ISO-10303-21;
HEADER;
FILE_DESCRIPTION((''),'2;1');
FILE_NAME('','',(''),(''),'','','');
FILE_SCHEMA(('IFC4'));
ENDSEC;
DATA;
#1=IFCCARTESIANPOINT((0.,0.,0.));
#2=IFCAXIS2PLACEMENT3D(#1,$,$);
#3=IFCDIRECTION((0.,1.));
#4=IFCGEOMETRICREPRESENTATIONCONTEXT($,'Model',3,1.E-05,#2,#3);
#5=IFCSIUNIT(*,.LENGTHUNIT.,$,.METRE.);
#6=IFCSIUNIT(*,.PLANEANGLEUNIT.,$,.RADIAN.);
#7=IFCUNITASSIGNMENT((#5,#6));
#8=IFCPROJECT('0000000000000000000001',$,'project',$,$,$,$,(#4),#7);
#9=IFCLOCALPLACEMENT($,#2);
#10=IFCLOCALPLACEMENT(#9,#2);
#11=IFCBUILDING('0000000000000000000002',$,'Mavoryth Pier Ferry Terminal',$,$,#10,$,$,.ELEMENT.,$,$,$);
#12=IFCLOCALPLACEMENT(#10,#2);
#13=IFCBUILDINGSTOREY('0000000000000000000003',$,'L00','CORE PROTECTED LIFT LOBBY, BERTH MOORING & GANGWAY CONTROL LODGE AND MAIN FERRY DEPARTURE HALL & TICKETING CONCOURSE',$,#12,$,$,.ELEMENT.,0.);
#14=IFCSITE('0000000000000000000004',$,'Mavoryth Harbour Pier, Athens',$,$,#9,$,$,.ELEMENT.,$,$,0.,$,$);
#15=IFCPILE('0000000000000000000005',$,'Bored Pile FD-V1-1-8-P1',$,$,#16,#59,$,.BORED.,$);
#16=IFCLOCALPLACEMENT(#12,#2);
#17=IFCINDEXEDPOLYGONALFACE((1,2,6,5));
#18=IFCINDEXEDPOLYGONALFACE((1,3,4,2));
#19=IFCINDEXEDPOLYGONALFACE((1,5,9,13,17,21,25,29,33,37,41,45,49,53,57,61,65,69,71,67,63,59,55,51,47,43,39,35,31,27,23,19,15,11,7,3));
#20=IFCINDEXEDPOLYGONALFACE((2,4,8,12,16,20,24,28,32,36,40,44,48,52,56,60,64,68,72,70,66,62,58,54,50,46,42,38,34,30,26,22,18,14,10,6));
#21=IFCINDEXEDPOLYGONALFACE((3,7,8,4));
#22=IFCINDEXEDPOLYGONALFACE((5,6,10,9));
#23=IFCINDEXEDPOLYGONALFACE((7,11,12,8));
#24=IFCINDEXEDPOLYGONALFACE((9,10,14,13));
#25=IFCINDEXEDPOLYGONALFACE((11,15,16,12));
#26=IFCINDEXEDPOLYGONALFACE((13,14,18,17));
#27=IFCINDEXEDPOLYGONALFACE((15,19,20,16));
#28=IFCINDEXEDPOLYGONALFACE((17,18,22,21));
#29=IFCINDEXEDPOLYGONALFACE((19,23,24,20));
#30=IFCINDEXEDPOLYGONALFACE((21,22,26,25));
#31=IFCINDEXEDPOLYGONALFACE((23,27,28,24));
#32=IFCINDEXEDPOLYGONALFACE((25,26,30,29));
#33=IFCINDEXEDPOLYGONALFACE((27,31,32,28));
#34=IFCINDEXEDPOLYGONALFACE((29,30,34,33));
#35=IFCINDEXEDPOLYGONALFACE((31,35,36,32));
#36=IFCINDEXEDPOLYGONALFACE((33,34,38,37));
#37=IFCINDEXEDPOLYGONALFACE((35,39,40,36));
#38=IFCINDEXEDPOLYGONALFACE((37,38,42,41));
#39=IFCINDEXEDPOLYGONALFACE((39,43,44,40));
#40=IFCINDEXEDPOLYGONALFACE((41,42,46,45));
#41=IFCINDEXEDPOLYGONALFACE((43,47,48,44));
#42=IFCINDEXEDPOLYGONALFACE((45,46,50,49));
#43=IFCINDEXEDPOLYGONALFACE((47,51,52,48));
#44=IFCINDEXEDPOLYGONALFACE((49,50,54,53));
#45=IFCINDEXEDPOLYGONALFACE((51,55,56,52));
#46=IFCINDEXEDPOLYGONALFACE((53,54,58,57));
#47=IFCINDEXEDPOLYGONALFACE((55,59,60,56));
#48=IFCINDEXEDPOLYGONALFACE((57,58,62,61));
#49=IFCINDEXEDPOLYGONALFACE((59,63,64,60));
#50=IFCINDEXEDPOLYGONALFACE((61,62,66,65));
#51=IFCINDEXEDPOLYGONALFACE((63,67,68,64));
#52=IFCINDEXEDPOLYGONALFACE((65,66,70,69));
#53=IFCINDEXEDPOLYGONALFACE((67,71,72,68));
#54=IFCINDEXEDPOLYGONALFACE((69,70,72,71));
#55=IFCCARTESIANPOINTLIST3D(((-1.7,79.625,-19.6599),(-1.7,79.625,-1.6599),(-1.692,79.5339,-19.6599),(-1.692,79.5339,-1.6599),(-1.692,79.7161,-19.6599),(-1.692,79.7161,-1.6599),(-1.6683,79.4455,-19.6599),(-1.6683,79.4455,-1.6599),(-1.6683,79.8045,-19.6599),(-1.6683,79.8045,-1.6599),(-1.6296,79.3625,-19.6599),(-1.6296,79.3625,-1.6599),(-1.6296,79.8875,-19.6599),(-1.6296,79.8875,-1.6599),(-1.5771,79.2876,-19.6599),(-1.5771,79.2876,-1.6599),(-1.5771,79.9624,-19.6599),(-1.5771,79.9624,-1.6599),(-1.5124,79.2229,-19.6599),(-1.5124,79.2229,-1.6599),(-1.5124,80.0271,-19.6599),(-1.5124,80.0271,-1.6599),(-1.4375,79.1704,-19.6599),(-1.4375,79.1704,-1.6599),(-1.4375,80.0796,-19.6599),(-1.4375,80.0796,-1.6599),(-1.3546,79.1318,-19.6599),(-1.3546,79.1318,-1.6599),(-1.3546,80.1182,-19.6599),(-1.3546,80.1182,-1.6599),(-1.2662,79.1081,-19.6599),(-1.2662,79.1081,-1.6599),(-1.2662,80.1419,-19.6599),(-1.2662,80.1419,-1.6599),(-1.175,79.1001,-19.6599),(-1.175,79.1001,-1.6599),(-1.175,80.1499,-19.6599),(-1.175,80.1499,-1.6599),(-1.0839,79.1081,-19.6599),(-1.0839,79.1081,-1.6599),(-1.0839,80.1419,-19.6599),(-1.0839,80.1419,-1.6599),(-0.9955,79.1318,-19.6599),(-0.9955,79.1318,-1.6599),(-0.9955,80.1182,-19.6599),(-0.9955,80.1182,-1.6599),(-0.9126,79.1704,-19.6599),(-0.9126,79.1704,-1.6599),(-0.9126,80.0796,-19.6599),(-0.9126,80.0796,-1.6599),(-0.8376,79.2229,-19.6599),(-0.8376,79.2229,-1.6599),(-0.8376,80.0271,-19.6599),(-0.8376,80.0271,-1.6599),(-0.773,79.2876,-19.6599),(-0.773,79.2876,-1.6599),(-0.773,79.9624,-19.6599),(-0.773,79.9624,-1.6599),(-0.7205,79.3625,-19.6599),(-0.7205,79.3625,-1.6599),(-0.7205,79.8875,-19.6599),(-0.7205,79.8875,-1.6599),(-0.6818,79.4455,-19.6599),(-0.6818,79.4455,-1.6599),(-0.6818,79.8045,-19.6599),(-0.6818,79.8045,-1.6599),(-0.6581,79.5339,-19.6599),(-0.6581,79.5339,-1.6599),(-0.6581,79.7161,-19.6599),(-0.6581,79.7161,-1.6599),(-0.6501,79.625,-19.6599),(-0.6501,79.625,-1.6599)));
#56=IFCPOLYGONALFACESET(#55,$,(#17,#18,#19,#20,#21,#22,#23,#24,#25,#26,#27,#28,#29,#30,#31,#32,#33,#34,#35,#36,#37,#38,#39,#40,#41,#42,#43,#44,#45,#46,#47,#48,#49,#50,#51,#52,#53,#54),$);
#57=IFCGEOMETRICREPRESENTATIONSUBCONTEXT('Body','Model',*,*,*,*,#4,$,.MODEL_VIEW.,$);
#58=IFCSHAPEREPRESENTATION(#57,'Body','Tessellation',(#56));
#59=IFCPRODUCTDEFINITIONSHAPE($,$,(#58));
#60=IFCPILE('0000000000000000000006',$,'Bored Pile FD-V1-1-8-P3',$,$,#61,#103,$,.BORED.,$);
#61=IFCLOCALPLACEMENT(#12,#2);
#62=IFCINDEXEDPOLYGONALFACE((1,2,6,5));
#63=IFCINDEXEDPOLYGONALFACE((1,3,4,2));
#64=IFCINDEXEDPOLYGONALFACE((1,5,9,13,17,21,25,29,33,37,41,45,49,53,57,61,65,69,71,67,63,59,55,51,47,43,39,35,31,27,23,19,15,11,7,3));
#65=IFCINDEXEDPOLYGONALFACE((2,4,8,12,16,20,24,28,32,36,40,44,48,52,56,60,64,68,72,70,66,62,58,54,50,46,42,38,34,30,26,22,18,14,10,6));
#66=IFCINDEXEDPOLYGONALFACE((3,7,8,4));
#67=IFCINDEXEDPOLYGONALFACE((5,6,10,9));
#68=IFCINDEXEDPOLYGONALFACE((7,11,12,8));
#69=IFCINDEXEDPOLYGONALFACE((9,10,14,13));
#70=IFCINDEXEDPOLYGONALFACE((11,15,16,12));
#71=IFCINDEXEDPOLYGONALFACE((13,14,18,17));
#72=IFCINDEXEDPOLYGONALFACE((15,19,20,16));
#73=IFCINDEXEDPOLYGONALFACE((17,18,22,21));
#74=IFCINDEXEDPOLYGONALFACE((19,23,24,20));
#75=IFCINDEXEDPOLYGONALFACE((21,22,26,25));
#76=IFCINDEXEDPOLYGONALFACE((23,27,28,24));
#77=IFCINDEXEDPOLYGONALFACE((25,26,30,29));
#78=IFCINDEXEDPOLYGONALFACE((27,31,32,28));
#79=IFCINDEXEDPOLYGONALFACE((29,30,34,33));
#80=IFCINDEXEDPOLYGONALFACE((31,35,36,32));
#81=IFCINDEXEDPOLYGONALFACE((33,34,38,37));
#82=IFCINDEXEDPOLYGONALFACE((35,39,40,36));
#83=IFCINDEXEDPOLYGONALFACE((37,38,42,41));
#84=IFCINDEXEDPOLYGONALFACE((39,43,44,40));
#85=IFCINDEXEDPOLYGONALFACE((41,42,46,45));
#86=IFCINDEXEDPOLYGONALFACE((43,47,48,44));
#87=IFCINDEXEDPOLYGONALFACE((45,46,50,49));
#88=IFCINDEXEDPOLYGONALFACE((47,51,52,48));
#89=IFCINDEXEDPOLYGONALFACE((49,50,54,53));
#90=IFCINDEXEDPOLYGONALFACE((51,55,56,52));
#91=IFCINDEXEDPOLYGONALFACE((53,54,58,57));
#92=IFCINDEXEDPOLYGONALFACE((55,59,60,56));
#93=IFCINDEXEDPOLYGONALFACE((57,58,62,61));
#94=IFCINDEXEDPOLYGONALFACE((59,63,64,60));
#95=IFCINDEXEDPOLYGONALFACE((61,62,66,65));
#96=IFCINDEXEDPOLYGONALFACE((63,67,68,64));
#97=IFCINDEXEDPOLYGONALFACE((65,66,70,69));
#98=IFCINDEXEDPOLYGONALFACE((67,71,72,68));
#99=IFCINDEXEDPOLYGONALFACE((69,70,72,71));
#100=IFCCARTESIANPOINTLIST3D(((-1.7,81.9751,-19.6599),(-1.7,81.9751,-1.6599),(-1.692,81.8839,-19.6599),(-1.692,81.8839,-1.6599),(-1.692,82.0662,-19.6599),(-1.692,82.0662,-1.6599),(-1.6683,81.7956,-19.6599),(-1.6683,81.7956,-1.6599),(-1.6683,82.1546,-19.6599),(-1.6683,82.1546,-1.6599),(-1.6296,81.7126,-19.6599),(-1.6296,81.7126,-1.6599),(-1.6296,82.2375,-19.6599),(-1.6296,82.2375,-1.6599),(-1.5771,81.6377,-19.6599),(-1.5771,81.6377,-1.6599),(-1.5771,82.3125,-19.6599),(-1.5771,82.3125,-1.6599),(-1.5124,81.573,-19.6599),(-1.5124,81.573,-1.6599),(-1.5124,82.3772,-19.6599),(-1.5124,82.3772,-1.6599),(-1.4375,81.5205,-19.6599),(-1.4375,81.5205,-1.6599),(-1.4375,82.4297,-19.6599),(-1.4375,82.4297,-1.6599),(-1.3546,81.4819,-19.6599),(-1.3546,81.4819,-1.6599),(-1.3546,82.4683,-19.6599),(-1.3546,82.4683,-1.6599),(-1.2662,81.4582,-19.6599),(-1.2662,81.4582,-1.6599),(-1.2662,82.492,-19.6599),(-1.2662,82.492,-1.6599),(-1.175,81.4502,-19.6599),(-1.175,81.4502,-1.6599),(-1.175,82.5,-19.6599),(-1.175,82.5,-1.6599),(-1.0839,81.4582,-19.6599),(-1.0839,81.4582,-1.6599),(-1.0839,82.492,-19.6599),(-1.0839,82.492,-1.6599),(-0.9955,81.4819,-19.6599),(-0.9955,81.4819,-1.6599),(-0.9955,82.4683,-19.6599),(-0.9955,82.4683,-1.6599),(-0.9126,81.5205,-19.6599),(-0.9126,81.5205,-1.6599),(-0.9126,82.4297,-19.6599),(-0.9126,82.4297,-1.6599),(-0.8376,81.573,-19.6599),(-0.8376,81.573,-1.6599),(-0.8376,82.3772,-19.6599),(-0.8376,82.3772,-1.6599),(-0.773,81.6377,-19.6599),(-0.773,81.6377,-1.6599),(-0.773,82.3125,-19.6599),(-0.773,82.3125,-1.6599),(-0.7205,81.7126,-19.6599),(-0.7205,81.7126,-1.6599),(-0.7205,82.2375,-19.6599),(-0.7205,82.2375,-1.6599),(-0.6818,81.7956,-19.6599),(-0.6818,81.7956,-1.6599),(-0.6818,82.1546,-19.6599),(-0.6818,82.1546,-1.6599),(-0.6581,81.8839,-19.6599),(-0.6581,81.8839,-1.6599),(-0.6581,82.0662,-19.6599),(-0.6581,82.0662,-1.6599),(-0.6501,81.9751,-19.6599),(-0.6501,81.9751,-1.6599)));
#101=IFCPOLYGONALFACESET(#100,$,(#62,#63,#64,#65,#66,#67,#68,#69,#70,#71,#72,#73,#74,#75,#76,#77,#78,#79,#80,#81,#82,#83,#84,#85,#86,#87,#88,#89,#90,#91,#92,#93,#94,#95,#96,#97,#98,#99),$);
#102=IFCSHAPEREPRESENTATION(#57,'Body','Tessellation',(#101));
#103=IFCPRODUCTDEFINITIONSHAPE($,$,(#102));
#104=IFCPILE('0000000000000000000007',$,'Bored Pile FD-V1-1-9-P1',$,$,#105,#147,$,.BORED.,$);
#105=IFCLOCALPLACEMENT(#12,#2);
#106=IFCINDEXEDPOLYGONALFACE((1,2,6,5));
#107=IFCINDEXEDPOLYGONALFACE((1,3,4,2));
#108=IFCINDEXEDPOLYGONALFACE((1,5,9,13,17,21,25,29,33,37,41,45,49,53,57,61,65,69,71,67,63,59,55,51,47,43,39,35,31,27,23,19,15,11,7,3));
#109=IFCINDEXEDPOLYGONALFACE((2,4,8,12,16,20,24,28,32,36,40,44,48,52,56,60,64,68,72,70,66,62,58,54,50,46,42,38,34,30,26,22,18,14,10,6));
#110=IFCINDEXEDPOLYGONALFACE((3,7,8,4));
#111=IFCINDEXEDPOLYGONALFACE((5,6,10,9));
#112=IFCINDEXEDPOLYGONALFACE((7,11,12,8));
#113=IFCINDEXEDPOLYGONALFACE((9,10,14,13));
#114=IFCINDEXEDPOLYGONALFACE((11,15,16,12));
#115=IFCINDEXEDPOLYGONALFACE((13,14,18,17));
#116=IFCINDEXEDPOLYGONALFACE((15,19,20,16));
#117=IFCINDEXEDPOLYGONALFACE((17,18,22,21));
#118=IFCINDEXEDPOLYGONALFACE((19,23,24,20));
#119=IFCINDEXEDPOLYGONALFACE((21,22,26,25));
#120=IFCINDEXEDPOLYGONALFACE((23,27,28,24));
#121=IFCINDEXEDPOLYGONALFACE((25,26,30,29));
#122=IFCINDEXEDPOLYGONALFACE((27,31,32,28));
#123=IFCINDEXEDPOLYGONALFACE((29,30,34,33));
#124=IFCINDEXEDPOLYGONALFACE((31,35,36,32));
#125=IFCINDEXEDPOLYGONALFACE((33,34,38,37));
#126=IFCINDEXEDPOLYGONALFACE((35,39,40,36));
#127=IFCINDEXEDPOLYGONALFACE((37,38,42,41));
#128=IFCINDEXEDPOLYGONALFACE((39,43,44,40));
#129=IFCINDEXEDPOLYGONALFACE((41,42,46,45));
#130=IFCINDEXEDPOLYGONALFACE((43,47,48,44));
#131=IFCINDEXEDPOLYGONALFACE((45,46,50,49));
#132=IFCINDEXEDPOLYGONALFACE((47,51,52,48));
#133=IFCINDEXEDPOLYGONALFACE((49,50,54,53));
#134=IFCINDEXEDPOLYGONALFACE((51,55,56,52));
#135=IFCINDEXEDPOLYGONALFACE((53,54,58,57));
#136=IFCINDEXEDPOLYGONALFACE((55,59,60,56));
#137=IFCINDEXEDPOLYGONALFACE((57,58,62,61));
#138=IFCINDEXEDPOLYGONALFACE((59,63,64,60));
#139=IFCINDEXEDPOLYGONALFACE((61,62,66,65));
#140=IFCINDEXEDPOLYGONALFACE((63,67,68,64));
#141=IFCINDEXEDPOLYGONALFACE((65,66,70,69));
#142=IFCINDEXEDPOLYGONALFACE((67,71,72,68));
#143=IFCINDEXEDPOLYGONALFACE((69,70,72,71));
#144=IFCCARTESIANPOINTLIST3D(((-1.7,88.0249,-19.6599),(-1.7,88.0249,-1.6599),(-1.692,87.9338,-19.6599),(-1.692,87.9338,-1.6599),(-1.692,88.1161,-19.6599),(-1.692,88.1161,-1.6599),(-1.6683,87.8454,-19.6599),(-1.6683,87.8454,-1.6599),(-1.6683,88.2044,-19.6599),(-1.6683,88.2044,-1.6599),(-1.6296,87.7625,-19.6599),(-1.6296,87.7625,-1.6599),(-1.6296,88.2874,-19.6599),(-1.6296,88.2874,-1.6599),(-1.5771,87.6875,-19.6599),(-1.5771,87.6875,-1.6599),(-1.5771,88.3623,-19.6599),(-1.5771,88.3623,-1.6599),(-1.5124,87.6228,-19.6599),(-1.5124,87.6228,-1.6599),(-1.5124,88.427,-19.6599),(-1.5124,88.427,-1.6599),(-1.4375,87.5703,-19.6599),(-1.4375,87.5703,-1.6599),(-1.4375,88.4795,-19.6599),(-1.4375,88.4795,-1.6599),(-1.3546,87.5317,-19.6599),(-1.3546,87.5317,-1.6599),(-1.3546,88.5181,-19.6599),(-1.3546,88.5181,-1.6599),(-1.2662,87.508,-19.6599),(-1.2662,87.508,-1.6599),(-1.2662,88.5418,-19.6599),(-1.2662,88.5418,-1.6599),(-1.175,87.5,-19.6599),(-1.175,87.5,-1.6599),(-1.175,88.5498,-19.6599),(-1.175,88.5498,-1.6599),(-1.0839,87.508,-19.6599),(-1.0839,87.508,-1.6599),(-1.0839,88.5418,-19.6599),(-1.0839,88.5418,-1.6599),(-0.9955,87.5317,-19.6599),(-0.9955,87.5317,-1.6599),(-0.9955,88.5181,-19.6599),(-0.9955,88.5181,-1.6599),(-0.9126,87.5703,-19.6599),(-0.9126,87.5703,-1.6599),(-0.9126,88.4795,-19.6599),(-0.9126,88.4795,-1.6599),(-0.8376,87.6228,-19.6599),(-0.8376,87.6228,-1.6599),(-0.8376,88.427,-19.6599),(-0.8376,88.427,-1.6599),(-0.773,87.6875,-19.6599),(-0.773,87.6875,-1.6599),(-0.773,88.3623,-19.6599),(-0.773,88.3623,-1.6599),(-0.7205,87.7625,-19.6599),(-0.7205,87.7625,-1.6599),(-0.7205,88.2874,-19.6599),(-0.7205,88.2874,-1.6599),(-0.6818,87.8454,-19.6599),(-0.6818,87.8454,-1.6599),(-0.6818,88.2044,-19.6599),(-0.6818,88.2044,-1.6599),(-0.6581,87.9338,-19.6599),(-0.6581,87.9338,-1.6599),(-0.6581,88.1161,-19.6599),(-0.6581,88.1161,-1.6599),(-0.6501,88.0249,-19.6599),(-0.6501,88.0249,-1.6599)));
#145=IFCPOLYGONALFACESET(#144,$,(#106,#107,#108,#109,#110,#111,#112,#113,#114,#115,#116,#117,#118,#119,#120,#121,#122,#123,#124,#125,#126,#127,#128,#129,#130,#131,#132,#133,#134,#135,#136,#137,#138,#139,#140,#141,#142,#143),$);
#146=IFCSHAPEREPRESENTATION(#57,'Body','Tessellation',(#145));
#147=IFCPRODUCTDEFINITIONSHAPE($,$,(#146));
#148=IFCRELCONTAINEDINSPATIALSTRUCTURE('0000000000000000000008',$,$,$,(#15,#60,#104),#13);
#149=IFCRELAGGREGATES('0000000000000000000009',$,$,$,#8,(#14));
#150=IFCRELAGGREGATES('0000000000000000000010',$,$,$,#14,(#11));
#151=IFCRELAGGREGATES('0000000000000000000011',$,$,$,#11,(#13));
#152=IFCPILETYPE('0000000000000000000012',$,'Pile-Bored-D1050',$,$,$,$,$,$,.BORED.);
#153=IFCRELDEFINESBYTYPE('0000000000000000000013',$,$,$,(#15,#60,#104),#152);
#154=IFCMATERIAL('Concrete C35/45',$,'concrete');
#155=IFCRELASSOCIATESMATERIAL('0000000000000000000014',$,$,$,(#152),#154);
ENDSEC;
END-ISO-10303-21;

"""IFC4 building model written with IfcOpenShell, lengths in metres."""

from ifc_helpers import new_model, si_unit, direction, frame, origin, origin_2d, place, context, subcontext, project, spatial, circle, extrude, material, material_profile, profile_set, type_object, element, save


model = new_model("IFC4")

# Units and contexts
model_context = context("Model", 3, precision=1e-05, world=origin(), true_north=direction((0.0, 1.0)))
body_context = subcontext(model_context, "Body", "Model", "MODEL_VIEW")
ifc_project = project(units=[si_unit("LENGTHUNIT", "METRE"), si_unit("PLANEANGLEUNIT", "RADIAN")], contexts=[model_context])

# Site, building, storey
site_placement = place(None, origin())
site = spatial("IfcSite", under=ifc_project, at=site_placement, Name="Mavoryth Harbour Pier, Athens", CompositionType="ELEMENT", RefElevation=0.0)
building_placement = place(site_placement, origin())
building = spatial("IfcBuilding", under=site, at=building_placement, Name="Mavoryth Pier Ferry Terminal", CompositionType="ELEMENT")
storey_placement = place(building_placement, origin())
storey = spatial("IfcBuildingStorey", under=building, at=storey_placement, Name="L00", Description="CORE PROTECTED LIFT LOBBY, BERTH MOORING & GANGWAY CONTROL LODGE AND MAIN FERRY DEPARTURE HALL & TICKETING CONCOURSE", CompositionType="ELEMENT", Elevation=0.0)

# Piles
ifc_material_1 = material(Name="Concrete C35/45", Category="concrete")
ifc_material_profile_1 = material_profile(ifc_material_1, circle(Radius=0.5249, at=origin_2d()), Name="PILE D1050", Category="concrete")
ifc_profile_set_1 = profile_set([ifc_material_profile_1], Name="Concrete C35/45 - PILE D1050")
pile_type = type_object("IfcPileType", Name="Pile-Bored-D1050", PredefinedType="BORED", material=ifc_profile_set_1)
for number, where, z_axis, x_axis, name in (
    (1, (-1.175, 79.625, -1.6599), (0.0, 0.0, -1.0), (1.0, 0.0, 0.0), "Bored Pile FD-V1-1-8-P1"),
    (2, (-1.175, 81.9751, -1.6599), (0.0, 0.0, -1.0), (1.0, 0.0, 0.0), "Bored Pile FD-V1-1-8-P3"),
    (3, (-1.175, 88.0249, -1.6599), (0.0, 0.0, -1.0), (1.0, 0.0, 0.0), "Bored Pile FD-V1-1-9-P1"),
):
    element("IfcPile", number, at=place(storey_placement, frame(where, z_axis=z_axis, x_axis=x_axis)), inside=storey, type_object=pile_type, Name=name, PredefinedType="BORED", context=body_context, shape_type="SweptSolid", body=[
        extrude(circle(Radius=0.5249, at=origin_2d()), origin(), (0.0, 0.0, 1.0), 18.0),
    ])

save(model, "model.ifc")
